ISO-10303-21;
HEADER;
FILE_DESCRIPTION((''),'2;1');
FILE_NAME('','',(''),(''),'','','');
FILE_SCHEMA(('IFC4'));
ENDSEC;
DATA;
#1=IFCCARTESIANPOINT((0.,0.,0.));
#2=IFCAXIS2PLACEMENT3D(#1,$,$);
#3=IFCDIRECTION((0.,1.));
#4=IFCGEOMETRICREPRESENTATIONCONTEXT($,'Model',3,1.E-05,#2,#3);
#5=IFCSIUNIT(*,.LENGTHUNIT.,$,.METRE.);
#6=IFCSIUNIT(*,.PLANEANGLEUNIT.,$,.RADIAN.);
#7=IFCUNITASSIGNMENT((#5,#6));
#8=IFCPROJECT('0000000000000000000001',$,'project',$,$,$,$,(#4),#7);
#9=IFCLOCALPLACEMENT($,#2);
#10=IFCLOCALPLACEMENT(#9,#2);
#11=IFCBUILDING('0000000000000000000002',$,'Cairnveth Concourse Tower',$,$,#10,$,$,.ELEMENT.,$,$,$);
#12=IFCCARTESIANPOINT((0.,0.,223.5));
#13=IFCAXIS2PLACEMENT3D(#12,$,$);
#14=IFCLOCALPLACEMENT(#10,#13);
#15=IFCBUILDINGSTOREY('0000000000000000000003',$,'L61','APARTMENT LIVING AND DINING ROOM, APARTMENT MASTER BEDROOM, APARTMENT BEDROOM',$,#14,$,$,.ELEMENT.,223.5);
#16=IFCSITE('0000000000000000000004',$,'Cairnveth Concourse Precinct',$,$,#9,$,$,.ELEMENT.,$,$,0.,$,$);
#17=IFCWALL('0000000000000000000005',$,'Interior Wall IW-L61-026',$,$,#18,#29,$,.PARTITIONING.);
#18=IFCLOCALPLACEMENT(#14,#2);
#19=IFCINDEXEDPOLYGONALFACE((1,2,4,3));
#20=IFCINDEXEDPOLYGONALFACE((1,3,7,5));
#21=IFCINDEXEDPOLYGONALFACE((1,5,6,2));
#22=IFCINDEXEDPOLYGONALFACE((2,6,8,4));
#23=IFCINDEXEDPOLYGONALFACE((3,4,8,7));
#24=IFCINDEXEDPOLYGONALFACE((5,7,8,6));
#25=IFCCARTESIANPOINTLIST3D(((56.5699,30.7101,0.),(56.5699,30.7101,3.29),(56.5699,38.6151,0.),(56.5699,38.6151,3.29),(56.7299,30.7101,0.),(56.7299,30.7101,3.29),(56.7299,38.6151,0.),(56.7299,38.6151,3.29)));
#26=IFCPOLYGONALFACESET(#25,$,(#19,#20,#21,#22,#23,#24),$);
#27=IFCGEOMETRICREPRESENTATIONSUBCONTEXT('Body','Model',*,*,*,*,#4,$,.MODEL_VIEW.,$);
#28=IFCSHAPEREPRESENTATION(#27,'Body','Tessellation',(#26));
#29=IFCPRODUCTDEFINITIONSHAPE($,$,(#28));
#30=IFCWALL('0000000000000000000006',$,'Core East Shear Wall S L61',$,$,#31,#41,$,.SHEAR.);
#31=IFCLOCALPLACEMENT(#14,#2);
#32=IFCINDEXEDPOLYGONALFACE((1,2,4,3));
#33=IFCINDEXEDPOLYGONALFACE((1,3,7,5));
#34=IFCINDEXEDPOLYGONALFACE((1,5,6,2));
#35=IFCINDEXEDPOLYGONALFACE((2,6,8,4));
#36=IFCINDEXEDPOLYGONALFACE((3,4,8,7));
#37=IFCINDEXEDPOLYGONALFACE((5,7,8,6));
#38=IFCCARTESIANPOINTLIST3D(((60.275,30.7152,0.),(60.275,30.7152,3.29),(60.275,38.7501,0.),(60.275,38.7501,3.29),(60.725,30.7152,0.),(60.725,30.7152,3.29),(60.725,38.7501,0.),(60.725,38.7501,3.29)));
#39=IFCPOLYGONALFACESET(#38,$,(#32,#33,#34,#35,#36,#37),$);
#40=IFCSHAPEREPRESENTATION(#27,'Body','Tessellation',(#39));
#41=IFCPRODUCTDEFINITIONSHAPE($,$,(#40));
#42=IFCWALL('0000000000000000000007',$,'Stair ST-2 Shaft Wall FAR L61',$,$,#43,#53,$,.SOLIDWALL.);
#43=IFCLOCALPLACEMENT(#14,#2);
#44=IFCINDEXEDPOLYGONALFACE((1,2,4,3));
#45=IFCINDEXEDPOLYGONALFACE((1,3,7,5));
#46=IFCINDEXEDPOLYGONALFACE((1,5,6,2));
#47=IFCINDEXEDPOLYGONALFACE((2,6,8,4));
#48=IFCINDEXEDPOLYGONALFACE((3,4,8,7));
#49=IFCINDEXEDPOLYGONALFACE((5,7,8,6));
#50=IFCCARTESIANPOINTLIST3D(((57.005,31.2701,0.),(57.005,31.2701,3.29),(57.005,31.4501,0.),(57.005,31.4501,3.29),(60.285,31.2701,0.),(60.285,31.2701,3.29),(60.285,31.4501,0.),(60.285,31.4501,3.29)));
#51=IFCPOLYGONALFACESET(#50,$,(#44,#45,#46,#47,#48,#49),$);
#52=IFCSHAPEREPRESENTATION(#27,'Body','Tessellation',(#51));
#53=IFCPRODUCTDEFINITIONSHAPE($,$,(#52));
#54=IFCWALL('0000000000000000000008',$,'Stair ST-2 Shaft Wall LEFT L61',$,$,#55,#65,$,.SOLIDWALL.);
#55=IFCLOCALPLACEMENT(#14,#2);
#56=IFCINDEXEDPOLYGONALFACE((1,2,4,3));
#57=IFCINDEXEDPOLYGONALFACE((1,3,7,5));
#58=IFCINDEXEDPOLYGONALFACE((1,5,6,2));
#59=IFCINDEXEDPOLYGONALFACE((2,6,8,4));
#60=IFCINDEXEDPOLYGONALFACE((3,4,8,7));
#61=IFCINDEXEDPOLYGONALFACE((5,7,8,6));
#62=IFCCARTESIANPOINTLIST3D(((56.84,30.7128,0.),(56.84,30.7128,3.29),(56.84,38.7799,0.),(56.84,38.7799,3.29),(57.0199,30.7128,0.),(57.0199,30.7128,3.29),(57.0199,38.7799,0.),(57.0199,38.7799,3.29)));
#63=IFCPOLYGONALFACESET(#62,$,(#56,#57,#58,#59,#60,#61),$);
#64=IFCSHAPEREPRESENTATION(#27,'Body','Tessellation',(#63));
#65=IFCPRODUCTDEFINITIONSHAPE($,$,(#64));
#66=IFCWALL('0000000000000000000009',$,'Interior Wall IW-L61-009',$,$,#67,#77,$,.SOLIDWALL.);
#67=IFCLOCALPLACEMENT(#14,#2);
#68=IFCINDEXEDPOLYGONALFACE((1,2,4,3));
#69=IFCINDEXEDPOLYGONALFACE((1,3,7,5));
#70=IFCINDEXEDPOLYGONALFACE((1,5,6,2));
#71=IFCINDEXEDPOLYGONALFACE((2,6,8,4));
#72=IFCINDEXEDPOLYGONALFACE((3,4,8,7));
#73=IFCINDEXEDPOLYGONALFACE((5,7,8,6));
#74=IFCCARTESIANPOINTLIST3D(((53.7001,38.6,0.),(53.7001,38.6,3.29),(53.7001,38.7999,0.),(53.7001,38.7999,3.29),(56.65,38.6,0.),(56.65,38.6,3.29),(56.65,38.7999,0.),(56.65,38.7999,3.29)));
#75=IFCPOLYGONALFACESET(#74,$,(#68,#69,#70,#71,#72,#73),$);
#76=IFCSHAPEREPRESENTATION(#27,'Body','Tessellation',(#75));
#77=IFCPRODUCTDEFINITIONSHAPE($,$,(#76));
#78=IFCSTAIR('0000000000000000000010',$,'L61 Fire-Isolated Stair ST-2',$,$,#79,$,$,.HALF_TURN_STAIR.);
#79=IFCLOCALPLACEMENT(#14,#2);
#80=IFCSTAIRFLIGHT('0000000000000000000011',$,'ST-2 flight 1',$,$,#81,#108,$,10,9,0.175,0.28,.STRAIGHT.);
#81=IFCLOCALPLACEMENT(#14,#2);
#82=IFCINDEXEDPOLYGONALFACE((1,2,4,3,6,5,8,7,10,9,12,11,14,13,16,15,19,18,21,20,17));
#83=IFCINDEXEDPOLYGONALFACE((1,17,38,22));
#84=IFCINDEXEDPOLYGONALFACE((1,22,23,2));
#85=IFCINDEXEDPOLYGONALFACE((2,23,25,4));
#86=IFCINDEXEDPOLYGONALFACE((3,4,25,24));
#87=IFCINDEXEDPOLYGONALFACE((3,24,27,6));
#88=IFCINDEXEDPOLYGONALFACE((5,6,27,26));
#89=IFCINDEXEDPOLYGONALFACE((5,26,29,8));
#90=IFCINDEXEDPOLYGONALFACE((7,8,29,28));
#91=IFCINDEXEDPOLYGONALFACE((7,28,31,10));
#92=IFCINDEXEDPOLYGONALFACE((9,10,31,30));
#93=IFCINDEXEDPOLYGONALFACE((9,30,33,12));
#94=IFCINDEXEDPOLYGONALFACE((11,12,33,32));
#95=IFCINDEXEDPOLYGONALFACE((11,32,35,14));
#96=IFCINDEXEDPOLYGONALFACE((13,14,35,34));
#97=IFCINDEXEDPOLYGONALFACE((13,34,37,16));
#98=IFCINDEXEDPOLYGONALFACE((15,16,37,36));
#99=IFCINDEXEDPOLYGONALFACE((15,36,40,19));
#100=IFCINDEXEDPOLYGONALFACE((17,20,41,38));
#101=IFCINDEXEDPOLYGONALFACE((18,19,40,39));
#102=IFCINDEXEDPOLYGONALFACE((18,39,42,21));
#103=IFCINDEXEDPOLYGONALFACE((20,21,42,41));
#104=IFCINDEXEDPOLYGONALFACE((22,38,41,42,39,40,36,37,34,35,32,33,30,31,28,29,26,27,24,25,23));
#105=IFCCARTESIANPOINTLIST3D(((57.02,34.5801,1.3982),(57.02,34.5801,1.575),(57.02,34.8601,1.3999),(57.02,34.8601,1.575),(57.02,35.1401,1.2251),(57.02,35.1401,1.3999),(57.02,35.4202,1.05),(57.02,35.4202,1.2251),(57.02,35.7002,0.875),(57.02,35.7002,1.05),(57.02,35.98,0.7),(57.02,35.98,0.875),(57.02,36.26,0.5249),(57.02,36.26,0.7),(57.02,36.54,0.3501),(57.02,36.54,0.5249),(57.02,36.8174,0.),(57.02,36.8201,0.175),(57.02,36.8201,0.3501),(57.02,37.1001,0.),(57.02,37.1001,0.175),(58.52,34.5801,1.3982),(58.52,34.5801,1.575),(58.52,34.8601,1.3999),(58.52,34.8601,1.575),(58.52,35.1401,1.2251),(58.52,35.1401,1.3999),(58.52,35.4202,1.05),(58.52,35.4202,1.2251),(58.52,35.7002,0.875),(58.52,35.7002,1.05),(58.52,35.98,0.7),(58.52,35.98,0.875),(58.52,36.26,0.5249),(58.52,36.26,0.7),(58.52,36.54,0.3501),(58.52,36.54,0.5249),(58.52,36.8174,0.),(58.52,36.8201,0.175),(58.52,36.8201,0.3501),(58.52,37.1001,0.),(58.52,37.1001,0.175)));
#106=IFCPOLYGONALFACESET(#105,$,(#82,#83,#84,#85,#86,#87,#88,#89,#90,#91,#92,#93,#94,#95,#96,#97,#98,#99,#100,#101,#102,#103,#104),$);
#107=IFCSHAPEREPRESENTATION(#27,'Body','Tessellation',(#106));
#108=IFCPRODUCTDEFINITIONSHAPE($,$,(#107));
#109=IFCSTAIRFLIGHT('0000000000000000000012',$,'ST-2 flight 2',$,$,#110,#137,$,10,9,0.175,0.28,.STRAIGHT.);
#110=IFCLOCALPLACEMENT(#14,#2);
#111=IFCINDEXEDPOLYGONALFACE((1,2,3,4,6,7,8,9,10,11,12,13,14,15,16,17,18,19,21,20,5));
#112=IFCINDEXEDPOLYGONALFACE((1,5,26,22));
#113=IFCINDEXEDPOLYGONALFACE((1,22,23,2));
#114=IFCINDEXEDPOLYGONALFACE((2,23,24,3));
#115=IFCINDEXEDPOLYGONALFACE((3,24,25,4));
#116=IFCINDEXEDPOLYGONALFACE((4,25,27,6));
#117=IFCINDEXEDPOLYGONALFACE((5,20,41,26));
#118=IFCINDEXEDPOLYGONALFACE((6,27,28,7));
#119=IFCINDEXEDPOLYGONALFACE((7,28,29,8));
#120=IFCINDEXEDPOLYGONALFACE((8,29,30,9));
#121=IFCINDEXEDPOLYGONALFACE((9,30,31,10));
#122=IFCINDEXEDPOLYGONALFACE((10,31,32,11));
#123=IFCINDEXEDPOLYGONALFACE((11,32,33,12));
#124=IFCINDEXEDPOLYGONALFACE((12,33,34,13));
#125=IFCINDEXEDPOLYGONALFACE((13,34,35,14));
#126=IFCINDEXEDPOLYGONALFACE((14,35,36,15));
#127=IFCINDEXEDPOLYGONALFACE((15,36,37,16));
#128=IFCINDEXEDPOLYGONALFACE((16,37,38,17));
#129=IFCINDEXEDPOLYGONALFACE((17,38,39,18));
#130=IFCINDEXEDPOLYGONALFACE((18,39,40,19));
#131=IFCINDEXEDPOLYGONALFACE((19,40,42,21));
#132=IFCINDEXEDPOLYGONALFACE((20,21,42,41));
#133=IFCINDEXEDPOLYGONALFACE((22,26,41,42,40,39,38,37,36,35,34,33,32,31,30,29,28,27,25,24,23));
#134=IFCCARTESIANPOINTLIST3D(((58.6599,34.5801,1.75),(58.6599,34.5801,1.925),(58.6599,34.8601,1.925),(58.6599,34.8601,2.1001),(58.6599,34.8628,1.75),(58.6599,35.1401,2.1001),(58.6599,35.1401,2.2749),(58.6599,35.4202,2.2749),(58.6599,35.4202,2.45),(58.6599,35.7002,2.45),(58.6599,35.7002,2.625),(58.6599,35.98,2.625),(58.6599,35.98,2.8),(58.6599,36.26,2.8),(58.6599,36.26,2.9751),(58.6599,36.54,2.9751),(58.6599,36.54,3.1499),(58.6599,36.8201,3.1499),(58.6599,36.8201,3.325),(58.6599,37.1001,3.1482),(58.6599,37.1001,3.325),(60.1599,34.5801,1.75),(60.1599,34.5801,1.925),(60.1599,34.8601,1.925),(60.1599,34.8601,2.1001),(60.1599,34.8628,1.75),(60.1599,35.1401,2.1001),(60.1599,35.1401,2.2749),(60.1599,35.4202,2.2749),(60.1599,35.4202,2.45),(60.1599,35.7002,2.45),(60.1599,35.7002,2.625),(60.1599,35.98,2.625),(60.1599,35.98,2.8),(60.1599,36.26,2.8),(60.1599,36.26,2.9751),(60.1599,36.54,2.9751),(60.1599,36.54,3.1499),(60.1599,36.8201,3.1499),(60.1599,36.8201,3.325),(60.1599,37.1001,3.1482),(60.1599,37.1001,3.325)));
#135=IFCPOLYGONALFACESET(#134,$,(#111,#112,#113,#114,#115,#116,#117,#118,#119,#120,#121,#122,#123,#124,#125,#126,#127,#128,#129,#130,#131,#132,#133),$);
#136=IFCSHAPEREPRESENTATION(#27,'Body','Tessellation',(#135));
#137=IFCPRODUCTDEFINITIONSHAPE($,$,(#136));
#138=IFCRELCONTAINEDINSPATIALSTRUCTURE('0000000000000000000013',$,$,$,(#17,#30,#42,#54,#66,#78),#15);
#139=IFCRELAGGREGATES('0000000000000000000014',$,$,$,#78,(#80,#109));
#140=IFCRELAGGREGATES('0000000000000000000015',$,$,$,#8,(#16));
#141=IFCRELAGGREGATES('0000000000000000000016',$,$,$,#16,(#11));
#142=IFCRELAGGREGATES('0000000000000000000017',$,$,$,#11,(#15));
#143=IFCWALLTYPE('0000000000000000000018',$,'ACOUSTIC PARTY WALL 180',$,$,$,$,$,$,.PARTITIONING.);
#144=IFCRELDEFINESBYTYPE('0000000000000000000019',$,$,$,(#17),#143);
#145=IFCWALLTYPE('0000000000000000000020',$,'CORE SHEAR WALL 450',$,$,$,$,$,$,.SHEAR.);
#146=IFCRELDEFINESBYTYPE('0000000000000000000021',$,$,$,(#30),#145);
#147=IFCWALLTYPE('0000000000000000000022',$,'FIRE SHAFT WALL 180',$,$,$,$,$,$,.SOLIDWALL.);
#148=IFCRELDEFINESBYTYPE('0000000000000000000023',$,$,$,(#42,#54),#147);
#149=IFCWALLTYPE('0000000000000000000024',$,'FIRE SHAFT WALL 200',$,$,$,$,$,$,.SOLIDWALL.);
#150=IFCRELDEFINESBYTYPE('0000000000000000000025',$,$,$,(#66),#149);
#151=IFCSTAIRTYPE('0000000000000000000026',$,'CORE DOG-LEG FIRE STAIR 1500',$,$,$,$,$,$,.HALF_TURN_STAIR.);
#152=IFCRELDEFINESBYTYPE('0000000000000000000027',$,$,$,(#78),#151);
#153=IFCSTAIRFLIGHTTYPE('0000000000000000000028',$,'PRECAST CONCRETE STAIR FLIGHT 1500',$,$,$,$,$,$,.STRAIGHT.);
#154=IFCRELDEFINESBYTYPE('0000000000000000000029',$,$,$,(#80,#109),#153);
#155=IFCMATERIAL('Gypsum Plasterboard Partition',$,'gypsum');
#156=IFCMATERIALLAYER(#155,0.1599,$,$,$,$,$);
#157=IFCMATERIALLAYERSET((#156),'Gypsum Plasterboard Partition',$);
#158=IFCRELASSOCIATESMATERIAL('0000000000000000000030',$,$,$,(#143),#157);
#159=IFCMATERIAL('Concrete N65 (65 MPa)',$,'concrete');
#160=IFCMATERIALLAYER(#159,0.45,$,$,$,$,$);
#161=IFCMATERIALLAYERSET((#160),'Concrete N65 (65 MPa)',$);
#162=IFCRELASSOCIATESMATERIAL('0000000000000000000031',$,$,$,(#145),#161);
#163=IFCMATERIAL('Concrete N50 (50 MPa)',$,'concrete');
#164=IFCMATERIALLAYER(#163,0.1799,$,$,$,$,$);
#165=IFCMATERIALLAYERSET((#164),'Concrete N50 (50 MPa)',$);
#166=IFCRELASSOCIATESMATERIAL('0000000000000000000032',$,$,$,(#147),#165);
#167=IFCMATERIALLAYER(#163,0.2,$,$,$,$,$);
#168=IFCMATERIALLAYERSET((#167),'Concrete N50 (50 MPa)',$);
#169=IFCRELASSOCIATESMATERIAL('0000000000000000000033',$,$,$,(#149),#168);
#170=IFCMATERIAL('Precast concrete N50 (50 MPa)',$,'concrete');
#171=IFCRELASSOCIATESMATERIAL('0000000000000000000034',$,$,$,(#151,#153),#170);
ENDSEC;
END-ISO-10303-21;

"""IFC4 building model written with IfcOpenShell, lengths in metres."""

from ifc_helpers import new_model, si_unit, direction, frame, frame_2d, origin, place, context, subcontext, project, spatial, polyline, rectangle, outline, extrude, material, layer, layer_set, type_object, element, aggregate, save


model = new_model("IFC4")

# Units and contexts
model_context = context("Model", 3, precision=1e-05, world=origin(), true_north=direction((0.0, 1.0)))
body_context = subcontext(model_context, "Body", "Model", "MODEL_VIEW")
ifc_project = project(units=[si_unit("LENGTHUNIT", "METRE"), si_unit("PLANEANGLEUNIT", "RADIAN")], contexts=[model_context])

# Site, building, storey
site_placement = place(None, origin())
site = spatial("IfcSite", under=ifc_project, at=site_placement, Name="Cairnveth Concourse Precinct", CompositionType="ELEMENT", RefElevation=0.0)
building_placement = place(site_placement, origin())
building = spatial("IfcBuilding", under=site, at=building_placement, Name="Cairnveth Concourse Tower", CompositionType="ELEMENT")
storey_placement = place(building_placement, frame((0.0, 0.0, 223.5)))
storey = spatial("IfcBuildingStorey", under=building, at=storey_placement, Name="L61", Description="APARTMENT LIVING AND DINING ROOM, APARTMENT MASTER BEDROOM, APARTMENT BEDROOM", CompositionType="ELEMENT", Elevation=223.5)

# Walls
ifc_material_1 = material(Name="Gypsum Plasterboard Partition", Category="gypsum")
ifc_layer_1 = layer(ifc_material_1, 0.1599)
ifc_layer_set_1 = layer_set([ifc_layer_1], Name="Gypsum Plasterboard Partition")
wall_type_1 = type_object("IfcWallType", Name="ACOUSTIC PARTY WALL 180", PredefinedType="PARTITIONING", material=ifc_layer_set_1)
wall_1_placement = place(storey_placement, frame((56.6499, 30.71, 0.0), z_axis=(0.0, 0.0, 1.0), x_axis=(0.0, 1.0, 0.0)))
element("IfcWall", 1, at=wall_1_placement, inside=storey, type_object=wall_type_1, Name="Interior Wall IW-L61-026", PredefinedType="PARTITIONING", context=body_context, shape_type="SweptSolid", body=[
    extrude(rectangle(XDim=7.905, YDim=0.1599, at=frame_2d((3.9526, 0.0))), origin(), (0.0, 0.0, 1.0), 3.29),
])
ifc_material_2 = material(Name="Concrete N65 (65 MPa)", Category="concrete")
ifc_layer_2 = layer(ifc_material_2, 0.45)
ifc_layer_set_2 = layer_set([ifc_layer_2], Name="Concrete N65 (65 MPa)")
wall_type_2 = type_object("IfcWallType", Name="CORE SHEAR WALL 450", PredefinedType="SHEAR", material=ifc_layer_set_2)
wall_2_placement = place(storey_placement, frame((60.5, 30.7151, 0.0), z_axis=(0.0, 0.0, 1.0), x_axis=(0.0, 1.0, 0.0)))
element("IfcWall", 2, at=wall_2_placement, inside=storey, type_object=wall_type_2, Name="Core East Shear Wall S L61", PredefinedType="SHEAR", context=body_context, shape_type="SweptSolid", body=[
    extrude(rectangle(XDim=8.0349, YDim=0.45, at=frame_2d((4.0176, 0.0))), origin(), (0.0, 0.0, 1.0), 3.29),
])

# Shared definitions
ifc_material_3 = material(Name="Concrete N50 (50 MPa)", Category="concrete")
ifc_layer_3 = layer(ifc_material_3, 0.1799)
ifc_layer_set_3 = layer_set([ifc_layer_3], Name="Concrete N50 (50 MPa)")
wall_type_3 = type_object("IfcWallType", Name="FIRE SHAFT WALL 180", PredefinedType="SOLIDWALL", material=ifc_layer_set_3)

# Walls
wall_3_placement = place(storey_placement, frame((57.0049, 31.3601, 0.0), z_axis=(0.0, 0.0, 1.0), x_axis=(1.0, 0.0, 0.0)))
element("IfcWall", 3, at=wall_3_placement, inside=storey, type_object=wall_type_3, Name="Stair ST-2 Shaft Wall FAR L61", PredefinedType="SOLIDWALL", context=body_context, shape_type="SweptSolid", body=[
    extrude(rectangle(XDim=3.28, YDim=0.1799, at=frame_2d((1.6401, 0.0))), origin(), (0.0, 0.0, 1.0), 3.29),
])
wall_4_placement = place(storey_placement, frame((56.9299, 38.78, 0.0), z_axis=(0.0, 0.0, 1.0), x_axis=(0.0, -1.0, 0.0)))
element("IfcWall", 4, at=wall_4_placement, inside=storey, type_object=wall_type_3, Name="Stair ST-2 Shaft Wall LEFT L61", PredefinedType="SOLIDWALL", context=body_context, shape_type="SweptSolid", body=[
    extrude(rectangle(XDim=8.0671, YDim=0.1799, at=frame_2d((4.0337, 0.0))), origin(), (0.0, 0.0, 1.0), 3.29),
])
ifc_layer_4 = layer(ifc_material_3, 0.2)
ifc_layer_set_4 = layer_set([ifc_layer_4], Name="Concrete N50 (50 MPa)")
wall_type_4 = type_object("IfcWallType", Name="FIRE SHAFT WALL 200", PredefinedType="SOLIDWALL", material=ifc_layer_set_4)
wall_5_placement = place(storey_placement, frame((53.7, 38.7, 0.0), z_axis=(0.0, 0.0, 1.0), x_axis=(1.0, 0.0, 0.0)))
element("IfcWall", 5, at=wall_5_placement, inside=storey, type_object=wall_type_4, Name="Interior Wall IW-L61-009", PredefinedType="SOLIDWALL", context=body_context, shape_type="SweptSolid", body=[
    extrude(rectangle(XDim=2.95, YDim=0.2, at=frame_2d((1.4751, 0.0))), origin(), (0.0, 0.0, 1.0), 3.29),
])

# Stair, stair flights
ifc_material_4 = material(Name="Precast concrete N50 (50 MPa)", Category="concrete")
stair_type = type_object("IfcStairType", Name="CORE DOG-LEG FIRE STAIR 1500", PredefinedType="HALF_TURN_STAIR", material=ifc_material_4)
stair_placement = place(storey_placement, origin())
stair = element("IfcStair", 6, at=stair_placement, inside=storey, type_object=stair_type, Name="L61 Fire-Isolated Stair ST-2", PredefinedType="HALF_TURN_STAIR")
stair_flight_type = type_object("IfcStairFlightType", Name="PRECAST CONCRETE STAIR FLIGHT 1500", PredefinedType="STRAIGHT", material=ifc_material_4)
stair_flight_1_placement = place(storey_placement, frame((57.77, 37.1001, 0.0), z_axis=(0.0, 0.0, 1.0), x_axis=(0.0, -1.0, 0.0)))
stair_flight_1 = element("IfcStairFlight", 7, at=stair_flight_1_placement, type_object=stair_flight_type, Name="ST-2 flight 1", NumberOfRisers=10, NumberOfTreads=9, PredefinedType="STRAIGHT", RiserHeight=0.175, TreadLength=0.28, context=body_context, shape_type="SweptSolid", body=[
    extrude(outline(polyline([(0.0, 0.0), (0.0, 0.175), (0.28, 0.175), (0.28, 0.3501), (0.5601, 0.3501), (0.5601, 0.5249), (0.8401, 0.5249), (0.8401, 0.7), (1.1201, 0.7), (1.1201, 0.875), (1.3999, 0.875), (1.3999, 1.05), (1.6799, 1.05), (1.6799, 1.2251), (1.96, 1.2251), (1.96, 1.3999), (2.24, 1.3999), (2.24, 1.575), (2.52, 1.575), (2.52, 1.75), (2.52, 1.3982), (0.2827, 0.0), (0.0, 0.0)])), frame((0.0, 0.75, 0.0), z_axis=(0.0, -1.0, 0.0), x_axis=(1.0, 0.0, 0.0)), (0.0, 0.0, 1.0), 1.5),
])
stair_flight_2_placement = place(storey_placement, frame((59.4099, 34.5801, 1.75), z_axis=(0.0, 0.0, 1.0), x_axis=(0.0, 1.0, 0.0)))
stair_flight_2 = element("IfcStairFlight", 8, at=stair_flight_2_placement, type_object=stair_flight_type, Name="ST-2 flight 2", NumberOfRisers=10, NumberOfTreads=9, PredefinedType="STRAIGHT", RiserHeight=0.175, TreadLength=0.28, context=body_context, shape_type="SweptSolid", body=[
    extrude(outline(polyline([(0.0, 0.0), (0.0, 0.175), (0.28, 0.175), (0.28, 0.3501), (0.5601, 0.3501), (0.5601, 0.5249), (0.8401, 0.5249), (0.8401, 0.7), (1.1201, 0.7), (1.1201, 0.875), (1.3999, 0.875), (1.3999, 1.05), (1.6799, 1.05), (1.6799, 1.2251), (1.96, 1.2251), (1.96, 1.3999), (2.24, 1.3999), (2.24, 1.575), (2.52, 1.575), (2.52, 1.75), (2.52, 1.3982), (0.2827, 0.0), (0.0, 0.0)])), frame((0.0, 0.75, 0.0), z_axis=(0.0, -1.0, 0.0), x_axis=(1.0, 0.0, 0.0)), (0.0, 0.0, 1.0), 1.5),
])
aggregate(stair, [stair_flight_1, stair_flight_2])

save(model, "model.ifc")
